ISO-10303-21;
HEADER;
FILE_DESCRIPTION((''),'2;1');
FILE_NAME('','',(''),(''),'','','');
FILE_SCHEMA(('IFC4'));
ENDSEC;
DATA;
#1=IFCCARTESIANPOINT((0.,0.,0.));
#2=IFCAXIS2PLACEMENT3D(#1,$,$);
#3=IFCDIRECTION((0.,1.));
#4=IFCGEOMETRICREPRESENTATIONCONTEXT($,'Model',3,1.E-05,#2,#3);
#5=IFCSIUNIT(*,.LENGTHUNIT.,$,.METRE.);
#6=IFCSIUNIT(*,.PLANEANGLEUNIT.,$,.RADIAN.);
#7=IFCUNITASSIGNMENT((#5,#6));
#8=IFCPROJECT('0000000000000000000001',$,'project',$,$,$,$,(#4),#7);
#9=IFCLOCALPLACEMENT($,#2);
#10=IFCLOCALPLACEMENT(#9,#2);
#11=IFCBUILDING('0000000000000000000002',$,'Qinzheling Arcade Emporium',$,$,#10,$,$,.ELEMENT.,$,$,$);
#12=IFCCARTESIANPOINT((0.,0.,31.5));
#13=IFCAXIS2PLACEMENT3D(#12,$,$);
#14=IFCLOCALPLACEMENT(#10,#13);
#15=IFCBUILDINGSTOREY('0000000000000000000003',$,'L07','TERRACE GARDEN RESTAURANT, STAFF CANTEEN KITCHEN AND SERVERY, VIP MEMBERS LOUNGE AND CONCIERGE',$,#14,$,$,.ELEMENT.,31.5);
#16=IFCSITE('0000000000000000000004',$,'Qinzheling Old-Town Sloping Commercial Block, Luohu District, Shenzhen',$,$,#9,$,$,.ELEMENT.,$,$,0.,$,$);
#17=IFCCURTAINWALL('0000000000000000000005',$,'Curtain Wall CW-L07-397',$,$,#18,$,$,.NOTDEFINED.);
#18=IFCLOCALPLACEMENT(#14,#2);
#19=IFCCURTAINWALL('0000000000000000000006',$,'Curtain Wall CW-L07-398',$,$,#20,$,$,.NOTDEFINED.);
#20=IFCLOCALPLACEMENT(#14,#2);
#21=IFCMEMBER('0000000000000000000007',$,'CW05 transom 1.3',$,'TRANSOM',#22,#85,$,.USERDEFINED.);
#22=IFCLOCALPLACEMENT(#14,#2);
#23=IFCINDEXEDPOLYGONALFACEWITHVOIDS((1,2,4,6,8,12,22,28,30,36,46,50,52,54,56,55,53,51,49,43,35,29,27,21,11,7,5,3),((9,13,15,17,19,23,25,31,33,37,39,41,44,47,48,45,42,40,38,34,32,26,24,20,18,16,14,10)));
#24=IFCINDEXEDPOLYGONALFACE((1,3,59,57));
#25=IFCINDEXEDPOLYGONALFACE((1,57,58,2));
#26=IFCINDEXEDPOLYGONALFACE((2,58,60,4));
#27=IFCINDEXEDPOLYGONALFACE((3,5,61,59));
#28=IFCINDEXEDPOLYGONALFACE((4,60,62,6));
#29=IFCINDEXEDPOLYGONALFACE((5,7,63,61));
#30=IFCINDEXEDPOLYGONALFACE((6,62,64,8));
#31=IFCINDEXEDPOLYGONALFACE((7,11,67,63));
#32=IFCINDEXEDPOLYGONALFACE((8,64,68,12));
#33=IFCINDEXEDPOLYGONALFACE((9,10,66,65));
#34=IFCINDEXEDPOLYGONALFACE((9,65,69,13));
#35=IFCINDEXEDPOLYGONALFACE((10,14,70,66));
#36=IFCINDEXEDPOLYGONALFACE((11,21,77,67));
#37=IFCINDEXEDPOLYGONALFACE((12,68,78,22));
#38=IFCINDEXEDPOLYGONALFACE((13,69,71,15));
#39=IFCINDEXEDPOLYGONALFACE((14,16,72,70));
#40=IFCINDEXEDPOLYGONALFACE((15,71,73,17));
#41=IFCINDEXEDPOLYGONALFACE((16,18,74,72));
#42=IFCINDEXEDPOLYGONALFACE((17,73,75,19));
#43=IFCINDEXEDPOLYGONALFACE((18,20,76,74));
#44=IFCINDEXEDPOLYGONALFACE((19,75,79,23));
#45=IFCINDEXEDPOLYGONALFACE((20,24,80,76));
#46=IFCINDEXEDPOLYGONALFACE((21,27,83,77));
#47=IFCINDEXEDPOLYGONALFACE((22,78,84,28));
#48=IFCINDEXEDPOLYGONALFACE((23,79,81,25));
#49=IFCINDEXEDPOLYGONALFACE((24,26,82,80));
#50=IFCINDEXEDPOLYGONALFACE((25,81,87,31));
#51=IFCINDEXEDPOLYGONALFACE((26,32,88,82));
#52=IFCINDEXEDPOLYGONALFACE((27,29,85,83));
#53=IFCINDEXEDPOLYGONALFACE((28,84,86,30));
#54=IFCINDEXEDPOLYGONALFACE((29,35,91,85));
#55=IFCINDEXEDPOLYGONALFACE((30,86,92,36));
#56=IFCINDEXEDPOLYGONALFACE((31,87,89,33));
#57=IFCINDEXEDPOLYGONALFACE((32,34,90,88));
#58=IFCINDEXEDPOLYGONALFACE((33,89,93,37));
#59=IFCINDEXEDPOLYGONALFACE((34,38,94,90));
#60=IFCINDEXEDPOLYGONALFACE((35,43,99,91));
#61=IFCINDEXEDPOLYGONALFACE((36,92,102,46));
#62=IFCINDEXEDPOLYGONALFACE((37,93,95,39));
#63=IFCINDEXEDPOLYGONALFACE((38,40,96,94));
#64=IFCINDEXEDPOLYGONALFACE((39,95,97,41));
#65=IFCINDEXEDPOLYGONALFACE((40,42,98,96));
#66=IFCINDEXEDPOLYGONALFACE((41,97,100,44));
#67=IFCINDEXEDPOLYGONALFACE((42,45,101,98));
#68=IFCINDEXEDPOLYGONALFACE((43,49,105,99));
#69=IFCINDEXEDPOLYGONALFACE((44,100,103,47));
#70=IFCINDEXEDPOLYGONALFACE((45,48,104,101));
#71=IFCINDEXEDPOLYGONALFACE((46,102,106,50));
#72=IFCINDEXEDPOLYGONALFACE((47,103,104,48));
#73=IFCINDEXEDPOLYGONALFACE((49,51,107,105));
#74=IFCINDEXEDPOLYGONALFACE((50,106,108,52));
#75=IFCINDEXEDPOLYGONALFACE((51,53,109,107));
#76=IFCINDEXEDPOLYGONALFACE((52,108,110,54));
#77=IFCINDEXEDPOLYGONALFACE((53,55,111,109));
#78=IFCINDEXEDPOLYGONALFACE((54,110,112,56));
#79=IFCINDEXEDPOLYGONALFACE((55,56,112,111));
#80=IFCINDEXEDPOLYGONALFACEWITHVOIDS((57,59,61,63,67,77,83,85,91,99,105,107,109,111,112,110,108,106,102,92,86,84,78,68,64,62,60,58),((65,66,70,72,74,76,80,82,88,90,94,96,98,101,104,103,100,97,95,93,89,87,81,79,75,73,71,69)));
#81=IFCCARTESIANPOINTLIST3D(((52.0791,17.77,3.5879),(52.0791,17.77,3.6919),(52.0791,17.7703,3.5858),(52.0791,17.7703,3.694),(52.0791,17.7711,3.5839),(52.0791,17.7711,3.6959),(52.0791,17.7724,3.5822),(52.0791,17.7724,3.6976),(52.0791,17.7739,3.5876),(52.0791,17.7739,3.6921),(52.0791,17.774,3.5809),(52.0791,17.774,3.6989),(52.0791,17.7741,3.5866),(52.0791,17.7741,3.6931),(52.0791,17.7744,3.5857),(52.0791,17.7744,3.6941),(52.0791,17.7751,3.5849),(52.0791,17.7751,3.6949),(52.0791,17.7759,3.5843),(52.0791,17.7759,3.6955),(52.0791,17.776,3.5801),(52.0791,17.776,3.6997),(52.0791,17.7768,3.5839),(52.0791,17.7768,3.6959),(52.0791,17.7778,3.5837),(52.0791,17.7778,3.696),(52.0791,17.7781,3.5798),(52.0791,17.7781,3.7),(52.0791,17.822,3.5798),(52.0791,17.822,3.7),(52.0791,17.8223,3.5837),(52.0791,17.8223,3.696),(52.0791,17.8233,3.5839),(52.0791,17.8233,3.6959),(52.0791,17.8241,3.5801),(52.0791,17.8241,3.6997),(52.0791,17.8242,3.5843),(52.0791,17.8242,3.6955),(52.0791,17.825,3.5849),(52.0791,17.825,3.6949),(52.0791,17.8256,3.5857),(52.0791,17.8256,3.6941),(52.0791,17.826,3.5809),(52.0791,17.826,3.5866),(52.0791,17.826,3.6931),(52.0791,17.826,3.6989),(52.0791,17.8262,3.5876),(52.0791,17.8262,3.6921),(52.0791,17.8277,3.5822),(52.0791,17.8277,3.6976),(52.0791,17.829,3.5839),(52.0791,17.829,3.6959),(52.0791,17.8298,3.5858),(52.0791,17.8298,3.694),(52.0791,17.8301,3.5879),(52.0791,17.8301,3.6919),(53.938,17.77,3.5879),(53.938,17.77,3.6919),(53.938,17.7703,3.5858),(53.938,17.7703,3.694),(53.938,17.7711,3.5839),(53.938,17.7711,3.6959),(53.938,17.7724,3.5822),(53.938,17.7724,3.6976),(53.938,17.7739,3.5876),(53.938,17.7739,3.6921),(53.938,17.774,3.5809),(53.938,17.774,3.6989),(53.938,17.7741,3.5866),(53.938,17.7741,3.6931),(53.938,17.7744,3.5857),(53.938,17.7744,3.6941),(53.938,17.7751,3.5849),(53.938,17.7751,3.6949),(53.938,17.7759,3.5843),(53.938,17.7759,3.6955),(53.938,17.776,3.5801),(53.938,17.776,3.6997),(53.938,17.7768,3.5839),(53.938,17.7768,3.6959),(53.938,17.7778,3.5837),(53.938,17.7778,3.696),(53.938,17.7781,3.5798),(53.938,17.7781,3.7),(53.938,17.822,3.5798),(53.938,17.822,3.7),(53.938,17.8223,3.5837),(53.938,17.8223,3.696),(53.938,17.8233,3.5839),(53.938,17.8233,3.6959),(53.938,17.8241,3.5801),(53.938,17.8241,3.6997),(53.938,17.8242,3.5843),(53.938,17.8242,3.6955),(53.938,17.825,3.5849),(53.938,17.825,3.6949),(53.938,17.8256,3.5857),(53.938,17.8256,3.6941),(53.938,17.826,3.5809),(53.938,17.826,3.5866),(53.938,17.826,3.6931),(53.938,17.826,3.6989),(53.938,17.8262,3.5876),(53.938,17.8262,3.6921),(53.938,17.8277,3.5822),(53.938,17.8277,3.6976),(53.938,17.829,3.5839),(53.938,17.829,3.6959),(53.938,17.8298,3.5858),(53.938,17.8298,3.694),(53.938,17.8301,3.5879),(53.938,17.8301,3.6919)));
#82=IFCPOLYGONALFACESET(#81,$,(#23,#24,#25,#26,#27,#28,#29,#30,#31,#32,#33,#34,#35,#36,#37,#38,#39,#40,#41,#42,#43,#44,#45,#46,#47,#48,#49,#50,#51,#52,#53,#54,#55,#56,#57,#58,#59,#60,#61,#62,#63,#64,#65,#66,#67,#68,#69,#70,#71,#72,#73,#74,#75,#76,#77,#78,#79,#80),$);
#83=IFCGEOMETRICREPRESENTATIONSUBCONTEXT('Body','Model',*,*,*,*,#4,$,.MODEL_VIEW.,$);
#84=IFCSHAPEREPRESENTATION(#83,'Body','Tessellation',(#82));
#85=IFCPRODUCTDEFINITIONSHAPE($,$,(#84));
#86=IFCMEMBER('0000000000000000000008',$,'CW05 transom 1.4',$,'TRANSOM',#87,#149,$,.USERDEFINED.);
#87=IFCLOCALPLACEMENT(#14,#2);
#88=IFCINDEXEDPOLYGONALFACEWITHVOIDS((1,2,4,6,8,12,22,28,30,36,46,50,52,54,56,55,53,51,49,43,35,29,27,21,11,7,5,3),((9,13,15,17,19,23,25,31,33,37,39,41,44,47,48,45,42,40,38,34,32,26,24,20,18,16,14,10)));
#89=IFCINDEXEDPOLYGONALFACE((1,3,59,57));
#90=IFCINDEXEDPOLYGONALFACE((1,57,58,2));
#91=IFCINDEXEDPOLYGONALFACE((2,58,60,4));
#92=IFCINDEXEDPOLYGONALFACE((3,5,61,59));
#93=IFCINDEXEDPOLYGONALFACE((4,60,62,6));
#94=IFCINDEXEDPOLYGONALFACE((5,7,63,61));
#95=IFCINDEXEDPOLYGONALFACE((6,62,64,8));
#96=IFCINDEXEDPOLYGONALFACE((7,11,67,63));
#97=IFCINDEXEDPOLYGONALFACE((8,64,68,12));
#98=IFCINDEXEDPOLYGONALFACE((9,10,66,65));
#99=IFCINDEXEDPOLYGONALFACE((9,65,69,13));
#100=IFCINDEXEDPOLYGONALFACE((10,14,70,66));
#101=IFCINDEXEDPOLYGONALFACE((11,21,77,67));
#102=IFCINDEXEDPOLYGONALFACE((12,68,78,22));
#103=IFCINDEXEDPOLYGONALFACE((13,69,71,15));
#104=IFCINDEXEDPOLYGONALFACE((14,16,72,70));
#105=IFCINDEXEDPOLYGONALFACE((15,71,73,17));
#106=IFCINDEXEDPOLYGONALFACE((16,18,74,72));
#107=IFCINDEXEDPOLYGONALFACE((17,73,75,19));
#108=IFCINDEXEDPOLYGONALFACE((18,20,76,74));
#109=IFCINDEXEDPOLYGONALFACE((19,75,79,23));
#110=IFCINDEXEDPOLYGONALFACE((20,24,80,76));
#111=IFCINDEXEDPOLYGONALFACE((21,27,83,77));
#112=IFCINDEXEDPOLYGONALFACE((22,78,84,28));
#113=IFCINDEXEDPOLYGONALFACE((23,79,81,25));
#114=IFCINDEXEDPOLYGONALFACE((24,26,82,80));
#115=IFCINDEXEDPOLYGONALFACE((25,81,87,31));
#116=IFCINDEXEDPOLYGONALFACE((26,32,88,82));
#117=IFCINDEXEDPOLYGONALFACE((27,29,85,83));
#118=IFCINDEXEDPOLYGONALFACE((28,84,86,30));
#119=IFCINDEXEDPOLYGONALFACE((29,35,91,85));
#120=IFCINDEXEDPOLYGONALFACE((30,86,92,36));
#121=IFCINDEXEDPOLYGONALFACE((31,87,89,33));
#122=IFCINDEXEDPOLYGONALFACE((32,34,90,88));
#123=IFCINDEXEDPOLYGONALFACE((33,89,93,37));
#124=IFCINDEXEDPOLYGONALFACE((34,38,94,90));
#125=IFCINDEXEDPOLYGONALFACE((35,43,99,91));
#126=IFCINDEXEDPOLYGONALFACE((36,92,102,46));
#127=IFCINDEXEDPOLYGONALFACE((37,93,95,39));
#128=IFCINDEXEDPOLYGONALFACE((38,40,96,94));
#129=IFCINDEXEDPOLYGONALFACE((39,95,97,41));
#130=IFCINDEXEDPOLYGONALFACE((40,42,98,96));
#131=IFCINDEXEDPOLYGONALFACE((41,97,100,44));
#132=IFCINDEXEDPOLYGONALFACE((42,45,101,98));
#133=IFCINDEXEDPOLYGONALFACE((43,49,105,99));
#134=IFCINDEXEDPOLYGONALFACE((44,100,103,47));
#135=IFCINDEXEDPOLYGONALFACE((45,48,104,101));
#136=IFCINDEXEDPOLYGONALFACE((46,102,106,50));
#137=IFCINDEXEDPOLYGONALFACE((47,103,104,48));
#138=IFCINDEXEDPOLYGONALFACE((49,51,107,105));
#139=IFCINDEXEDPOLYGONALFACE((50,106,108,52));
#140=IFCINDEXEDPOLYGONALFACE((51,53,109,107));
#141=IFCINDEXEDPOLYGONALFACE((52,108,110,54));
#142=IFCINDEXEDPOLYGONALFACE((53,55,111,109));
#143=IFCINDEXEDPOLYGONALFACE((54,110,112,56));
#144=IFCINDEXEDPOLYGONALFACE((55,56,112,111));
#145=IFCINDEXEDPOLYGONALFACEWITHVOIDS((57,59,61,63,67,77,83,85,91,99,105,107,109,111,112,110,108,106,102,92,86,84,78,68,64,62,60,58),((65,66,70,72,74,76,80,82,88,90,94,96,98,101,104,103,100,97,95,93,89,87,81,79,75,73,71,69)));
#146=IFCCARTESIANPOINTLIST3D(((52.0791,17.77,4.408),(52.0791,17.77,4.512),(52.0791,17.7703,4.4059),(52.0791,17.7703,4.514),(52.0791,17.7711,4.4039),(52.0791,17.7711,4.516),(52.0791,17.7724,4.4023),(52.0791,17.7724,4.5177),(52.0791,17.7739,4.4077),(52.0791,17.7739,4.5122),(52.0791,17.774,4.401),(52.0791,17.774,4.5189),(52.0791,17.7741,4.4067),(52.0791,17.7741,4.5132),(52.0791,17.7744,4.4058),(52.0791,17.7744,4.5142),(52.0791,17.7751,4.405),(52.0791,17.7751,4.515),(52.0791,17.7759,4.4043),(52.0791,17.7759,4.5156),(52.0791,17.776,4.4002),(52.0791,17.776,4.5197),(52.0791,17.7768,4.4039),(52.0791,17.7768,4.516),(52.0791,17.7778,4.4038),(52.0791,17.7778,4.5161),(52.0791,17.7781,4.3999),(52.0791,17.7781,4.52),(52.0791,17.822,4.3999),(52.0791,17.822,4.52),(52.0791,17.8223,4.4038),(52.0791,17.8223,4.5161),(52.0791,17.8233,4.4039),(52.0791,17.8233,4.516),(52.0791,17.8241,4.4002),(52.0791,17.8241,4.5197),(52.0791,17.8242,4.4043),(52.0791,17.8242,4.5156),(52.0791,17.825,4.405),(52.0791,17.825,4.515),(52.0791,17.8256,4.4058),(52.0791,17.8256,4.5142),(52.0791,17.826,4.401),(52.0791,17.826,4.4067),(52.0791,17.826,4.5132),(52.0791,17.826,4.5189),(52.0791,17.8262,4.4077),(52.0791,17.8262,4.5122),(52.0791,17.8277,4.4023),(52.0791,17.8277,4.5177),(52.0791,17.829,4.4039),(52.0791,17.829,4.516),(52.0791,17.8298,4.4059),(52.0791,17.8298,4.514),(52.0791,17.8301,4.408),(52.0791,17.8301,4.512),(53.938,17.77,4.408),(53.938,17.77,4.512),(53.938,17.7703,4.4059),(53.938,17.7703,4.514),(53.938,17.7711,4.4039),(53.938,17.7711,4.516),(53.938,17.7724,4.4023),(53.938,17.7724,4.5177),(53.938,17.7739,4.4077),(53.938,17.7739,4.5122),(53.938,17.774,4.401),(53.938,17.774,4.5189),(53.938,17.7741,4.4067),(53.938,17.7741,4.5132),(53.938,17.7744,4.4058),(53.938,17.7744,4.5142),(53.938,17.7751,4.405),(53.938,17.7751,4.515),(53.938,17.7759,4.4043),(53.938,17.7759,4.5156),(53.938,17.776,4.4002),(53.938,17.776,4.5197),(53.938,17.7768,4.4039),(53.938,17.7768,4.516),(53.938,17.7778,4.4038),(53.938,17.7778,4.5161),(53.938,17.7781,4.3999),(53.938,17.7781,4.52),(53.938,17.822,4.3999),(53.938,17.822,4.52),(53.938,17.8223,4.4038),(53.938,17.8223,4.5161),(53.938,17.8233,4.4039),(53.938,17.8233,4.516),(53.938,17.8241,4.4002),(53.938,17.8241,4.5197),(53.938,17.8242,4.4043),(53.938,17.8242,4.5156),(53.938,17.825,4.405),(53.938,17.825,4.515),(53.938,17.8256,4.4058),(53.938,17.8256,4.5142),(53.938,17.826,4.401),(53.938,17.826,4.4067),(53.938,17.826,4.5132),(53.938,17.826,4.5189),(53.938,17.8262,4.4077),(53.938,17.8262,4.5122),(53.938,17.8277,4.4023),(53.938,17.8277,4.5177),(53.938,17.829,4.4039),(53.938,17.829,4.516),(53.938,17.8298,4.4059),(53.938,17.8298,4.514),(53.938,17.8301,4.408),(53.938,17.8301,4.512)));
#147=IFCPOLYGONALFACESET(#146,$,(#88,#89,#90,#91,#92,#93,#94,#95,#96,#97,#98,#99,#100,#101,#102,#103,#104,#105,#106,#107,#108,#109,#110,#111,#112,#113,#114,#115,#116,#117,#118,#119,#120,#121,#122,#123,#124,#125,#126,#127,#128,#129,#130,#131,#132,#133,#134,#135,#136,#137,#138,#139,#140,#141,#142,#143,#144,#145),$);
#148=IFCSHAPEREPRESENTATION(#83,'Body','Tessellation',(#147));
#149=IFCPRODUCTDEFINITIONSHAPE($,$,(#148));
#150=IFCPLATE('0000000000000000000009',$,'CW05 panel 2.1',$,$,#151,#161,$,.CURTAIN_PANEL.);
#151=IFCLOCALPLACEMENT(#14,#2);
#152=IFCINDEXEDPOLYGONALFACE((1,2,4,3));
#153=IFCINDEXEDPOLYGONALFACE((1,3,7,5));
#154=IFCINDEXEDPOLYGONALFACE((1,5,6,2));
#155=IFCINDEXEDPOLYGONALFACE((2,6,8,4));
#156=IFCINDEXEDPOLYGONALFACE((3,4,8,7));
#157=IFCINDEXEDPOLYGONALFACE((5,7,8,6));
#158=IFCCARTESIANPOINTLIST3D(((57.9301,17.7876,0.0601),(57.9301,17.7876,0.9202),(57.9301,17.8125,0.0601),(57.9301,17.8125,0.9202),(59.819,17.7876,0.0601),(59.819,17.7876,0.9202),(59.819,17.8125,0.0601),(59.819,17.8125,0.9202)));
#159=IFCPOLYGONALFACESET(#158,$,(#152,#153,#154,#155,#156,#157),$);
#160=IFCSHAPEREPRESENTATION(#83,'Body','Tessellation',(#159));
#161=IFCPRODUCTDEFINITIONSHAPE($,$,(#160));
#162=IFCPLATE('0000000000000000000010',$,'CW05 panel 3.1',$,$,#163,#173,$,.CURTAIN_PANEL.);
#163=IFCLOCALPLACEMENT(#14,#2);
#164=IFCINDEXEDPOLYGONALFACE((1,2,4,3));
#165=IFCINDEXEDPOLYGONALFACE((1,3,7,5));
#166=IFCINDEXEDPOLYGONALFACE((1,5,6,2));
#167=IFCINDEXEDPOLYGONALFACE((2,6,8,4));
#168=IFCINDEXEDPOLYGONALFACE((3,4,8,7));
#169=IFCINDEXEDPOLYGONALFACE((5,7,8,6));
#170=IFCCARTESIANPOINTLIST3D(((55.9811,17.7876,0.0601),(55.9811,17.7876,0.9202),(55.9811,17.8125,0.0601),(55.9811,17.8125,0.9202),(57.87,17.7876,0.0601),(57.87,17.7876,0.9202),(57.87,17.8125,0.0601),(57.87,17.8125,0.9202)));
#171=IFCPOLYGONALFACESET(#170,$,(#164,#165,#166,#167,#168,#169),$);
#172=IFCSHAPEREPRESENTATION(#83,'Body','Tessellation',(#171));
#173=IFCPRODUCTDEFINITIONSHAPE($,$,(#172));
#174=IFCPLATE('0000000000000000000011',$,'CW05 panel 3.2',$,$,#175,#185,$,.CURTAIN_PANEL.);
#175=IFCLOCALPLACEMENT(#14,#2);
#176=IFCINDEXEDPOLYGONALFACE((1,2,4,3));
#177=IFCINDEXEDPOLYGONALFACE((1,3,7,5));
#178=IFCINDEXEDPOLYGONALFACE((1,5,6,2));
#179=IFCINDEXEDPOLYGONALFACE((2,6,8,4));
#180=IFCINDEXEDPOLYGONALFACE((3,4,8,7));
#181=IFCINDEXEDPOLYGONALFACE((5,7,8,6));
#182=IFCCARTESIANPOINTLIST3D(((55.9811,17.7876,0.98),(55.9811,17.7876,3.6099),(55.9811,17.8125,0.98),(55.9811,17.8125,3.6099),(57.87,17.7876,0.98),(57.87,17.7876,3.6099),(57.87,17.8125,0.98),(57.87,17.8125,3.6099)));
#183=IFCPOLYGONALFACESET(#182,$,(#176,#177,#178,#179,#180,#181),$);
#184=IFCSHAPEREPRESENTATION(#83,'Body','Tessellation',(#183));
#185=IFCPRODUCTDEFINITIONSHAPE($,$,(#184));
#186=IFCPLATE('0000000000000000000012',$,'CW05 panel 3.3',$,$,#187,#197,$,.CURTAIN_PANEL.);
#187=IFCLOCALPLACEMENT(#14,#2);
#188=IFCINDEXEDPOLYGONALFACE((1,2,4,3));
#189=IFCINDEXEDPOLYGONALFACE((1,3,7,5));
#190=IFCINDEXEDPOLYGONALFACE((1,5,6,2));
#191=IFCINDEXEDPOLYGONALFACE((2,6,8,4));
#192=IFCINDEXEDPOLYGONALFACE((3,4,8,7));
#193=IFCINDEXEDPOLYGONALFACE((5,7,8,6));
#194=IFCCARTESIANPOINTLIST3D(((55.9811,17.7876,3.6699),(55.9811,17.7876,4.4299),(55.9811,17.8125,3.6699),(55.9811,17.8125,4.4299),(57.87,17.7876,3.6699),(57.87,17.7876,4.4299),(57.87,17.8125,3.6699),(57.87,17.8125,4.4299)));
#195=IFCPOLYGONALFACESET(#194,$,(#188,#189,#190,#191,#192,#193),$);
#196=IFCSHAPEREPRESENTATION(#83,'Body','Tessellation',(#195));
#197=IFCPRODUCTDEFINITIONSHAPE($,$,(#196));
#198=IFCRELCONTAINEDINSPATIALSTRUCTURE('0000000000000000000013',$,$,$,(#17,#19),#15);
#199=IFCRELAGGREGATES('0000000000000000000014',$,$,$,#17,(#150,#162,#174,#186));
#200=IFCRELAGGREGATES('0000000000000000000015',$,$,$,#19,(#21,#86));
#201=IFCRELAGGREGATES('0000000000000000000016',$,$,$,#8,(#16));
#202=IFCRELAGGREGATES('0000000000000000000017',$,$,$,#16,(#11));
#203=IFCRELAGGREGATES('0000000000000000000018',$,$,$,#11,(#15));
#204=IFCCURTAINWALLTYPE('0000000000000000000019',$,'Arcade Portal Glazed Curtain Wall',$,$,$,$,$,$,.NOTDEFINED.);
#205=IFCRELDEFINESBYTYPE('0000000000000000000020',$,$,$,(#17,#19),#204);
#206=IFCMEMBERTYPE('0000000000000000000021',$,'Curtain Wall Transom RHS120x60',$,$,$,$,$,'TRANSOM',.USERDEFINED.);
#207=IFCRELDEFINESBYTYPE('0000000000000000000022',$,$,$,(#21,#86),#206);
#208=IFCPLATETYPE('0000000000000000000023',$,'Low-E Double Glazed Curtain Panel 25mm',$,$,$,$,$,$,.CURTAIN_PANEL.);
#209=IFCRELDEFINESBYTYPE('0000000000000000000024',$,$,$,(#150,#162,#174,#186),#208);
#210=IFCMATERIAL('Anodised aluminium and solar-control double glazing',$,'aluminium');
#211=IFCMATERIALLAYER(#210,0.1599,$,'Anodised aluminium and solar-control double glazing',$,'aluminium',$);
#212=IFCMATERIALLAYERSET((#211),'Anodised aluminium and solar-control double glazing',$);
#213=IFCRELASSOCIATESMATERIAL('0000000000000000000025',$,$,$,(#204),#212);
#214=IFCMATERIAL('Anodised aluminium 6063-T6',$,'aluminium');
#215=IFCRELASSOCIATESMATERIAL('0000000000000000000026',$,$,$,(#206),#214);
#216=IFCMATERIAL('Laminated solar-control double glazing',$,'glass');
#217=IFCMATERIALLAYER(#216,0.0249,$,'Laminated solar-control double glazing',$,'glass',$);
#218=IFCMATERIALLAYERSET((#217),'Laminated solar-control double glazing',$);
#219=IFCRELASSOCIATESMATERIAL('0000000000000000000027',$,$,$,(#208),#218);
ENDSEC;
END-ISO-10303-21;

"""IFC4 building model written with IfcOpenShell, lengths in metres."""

from ifc_helpers import new_model, si_unit, direction, frame, origin, origin_2d, place, context, subcontext, project, spatial, rectangle, hollow_rectangle, extrude, material, layer, layer_set, material_profile, profile_set, type_object, element, aggregate, save


model = new_model("IFC4")

# Units and contexts
model_context = context("Model", 3, precision=1e-05, world=origin(), true_north=direction((0.0, 1.0)))
body_context = subcontext(model_context, "Body", "Model", "MODEL_VIEW")
ifc_project = project(units=[si_unit("LENGTHUNIT", "METRE"), si_unit("PLANEANGLEUNIT", "RADIAN")], contexts=[model_context])

# Site, building, storey
site_placement = place(None, origin())
site = spatial("IfcSite", under=ifc_project, at=site_placement, Name="Qinzheling Old-Town Sloping Commercial Block, Luohu District, Shenzhen", CompositionType="ELEMENT", RefElevation=0.0)
building_placement = place(site_placement, origin())
building = spatial("IfcBuilding", under=site, at=building_placement, Name="Qinzheling Arcade Emporium", CompositionType="ELEMENT")
storey_placement = place(building_placement, frame((0.0, 0.0, 31.5)))
storey = spatial("IfcBuildingStorey", under=building, at=storey_placement, Name="L07", Description="TERRACE GARDEN RESTAURANT, STAFF CANTEEN KITCHEN AND SERVERY, VIP MEMBERS LOUNGE AND CONCIERGE", CompositionType="ELEMENT", Elevation=31.5)

# Curtain wall
ifc_material_1 = material(Name="Anodised aluminium and solar-control double glazing", Category="aluminium")
ifc_layer_1 = layer(ifc_material_1, 0.1599, Name="Anodised aluminium and solar-control double glazing", Category="aluminium")
ifc_layer_set_1 = layer_set([ifc_layer_1], Name="Anodised aluminium and solar-control double glazing")
curtain_wall_type = type_object("IfcCurtainWallType", Name="Arcade Portal Glazed Curtain Wall", PredefinedType="NOTDEFINED", material=ifc_layer_set_1)
curtain_wall_1_placement = place(storey_placement, origin())
curtain_wall_1 = element("IfcCurtainWall", 1, at=curtain_wall_1_placement, inside=storey, type_object=curtain_wall_type, Name="Curtain Wall CW-L07-397", PredefinedType="NOTDEFINED")
ifc_material_2 = material(Name="Anodised aluminium 6063-T6", Category="aluminium")

# Curtain wall
curtain_wall_2_placement = place(storey_placement, origin())
curtain_wall_2 = element("IfcCurtainWall", 2, at=curtain_wall_2_placement, inside=storey, type_object=curtain_wall_type, Name="Curtain Wall CW-L07-398", PredefinedType="NOTDEFINED")

# Members
ifc_material_profile_1 = material_profile(ifc_material_2, hollow_rectangle(XDim=0.0601, YDim=0.1201, WallThickness=0.0039, InnerFilletRadius=0.0039, OuterFilletRadius=0.0081, at=origin_2d()), Name="RHS 120x60x4", Category="aluminium")
ifc_profile_set_1 = profile_set([ifc_material_profile_1], Name="Anodised aluminium 6063-T6")
member_type_1 = type_object("IfcMemberType", Name="Curtain Wall Transom RHS120x60", ElementType="TRANSOM", PredefinedType="USERDEFINED", material=ifc_profile_set_1)
member_1_placement = place(storey_placement, frame((53.938, 17.8, 3.6399), z_axis=(-1.0, 0.0, 0.0), x_axis=(0.0, -1.0, 0.0)))
member_1 = element("IfcMember", 3, at=member_1_placement, type_object=member_type_1, Name="CW05 transom 1.3", ObjectType="TRANSOM", PredefinedType="USERDEFINED", context=body_context, shape_type="SweptSolid", body=[
    extrude(hollow_rectangle(XDim=0.0601, YDim=0.1201, WallThickness=0.0039, InnerFilletRadius=0.0039, OuterFilletRadius=0.0081, at=origin_2d()), origin(), (0.0, 0.0, 1.0), 1.8589),
])
member_2_placement = place(storey_placement, frame((53.938, 17.8, 4.46), z_axis=(-1.0, 0.0, 0.0), x_axis=(0.0, -1.0, 0.0)))
member_2 = element("IfcMember", 4, at=member_2_placement, type_object=member_type_1, Name="CW05 transom 1.4", ObjectType="TRANSOM", PredefinedType="USERDEFINED", context=body_context, shape_type="SweptSolid", body=[
    extrude(hollow_rectangle(XDim=0.0601, YDim=0.1201, WallThickness=0.0039, InnerFilletRadius=0.0039, OuterFilletRadius=0.0081, at=origin_2d()), origin(), (0.0, 0.0, 1.0), 1.8589),
])

# Plates
ifc_material_3 = material(Name="Laminated solar-control double glazing", Category="glass")
ifc_layer_2 = layer(ifc_material_3, 0.0249, Name="Laminated solar-control double glazing", Category="glass")
ifc_layer_set_2 = layer_set([ifc_layer_2], Name="Laminated solar-control double glazing")
plate_type_1 = type_object("IfcPlateType", Name="Low-E Double Glazed Curtain Panel 25mm", PredefinedType="CURTAIN_PANEL", material=ifc_layer_set_2)
plate_1_placement = place(storey_placement, frame((58.8745, 17.8, 0.0601), z_axis=(0.0, 0.0, 1.0), x_axis=(-1.0, 0.0, 0.0)))
plate_1 = element("IfcPlate", 5, at=plate_1_placement, type_object=plate_type_1, Name="CW05 panel 2.1", PredefinedType="CURTAIN_PANEL", context=body_context, shape_type="SweptSolid", body=[
    extrude(rectangle(XDim=1.8889, YDim=0.0249, at=origin_2d()), origin(), (0.0, 0.0, 1.0), 0.8601),
])
plate_2_placement = place(storey_placement, frame((56.9255, 17.8, 0.0601), z_axis=(0.0, 0.0, 1.0), x_axis=(-1.0, 0.0, 0.0)))
plate_2 = element("IfcPlate", 6, at=plate_2_placement, type_object=plate_type_1, Name="CW05 panel 3.1", PredefinedType="CURTAIN_PANEL", context=body_context, shape_type="SweptSolid", body=[
    extrude(rectangle(XDim=1.8889, YDim=0.0249, at=origin_2d()), origin(), (0.0, 0.0, 1.0), 0.8601),
])
plate_3_placement = place(storey_placement, frame((56.9255, 17.8, 0.98), z_axis=(0.0, 0.0, 1.0), x_axis=(-1.0, 0.0, 0.0)))
plate_3 = element("IfcPlate", 7, at=plate_3_placement, type_object=plate_type_1, Name="CW05 panel 3.2", PredefinedType="CURTAIN_PANEL", context=body_context, shape_type="SweptSolid", body=[
    extrude(rectangle(XDim=1.8889, YDim=0.0249, at=origin_2d()), origin(), (0.0, 0.0, 1.0), 2.6299),
])
plate_4_placement = place(storey_placement, frame((56.9255, 17.8, 3.6699), z_axis=(0.0, 0.0, 1.0), x_axis=(-1.0, 0.0, 0.0)))
plate_4 = element("IfcPlate", 8, at=plate_4_placement, type_object=plate_type_1, Name="CW05 panel 3.3", PredefinedType="CURTAIN_PANEL", context=body_context, shape_type="SweptSolid", body=[
    extrude(rectangle(XDim=1.8889, YDim=0.0249, at=origin_2d()), origin(), (0.0, 0.0, 1.0), 0.76),
])
aggregate(curtain_wall_1, [plate_1, plate_2, plate_3, plate_4])
aggregate(curtain_wall_2, [member_1, member_2])

save(model, "model.ifc")
